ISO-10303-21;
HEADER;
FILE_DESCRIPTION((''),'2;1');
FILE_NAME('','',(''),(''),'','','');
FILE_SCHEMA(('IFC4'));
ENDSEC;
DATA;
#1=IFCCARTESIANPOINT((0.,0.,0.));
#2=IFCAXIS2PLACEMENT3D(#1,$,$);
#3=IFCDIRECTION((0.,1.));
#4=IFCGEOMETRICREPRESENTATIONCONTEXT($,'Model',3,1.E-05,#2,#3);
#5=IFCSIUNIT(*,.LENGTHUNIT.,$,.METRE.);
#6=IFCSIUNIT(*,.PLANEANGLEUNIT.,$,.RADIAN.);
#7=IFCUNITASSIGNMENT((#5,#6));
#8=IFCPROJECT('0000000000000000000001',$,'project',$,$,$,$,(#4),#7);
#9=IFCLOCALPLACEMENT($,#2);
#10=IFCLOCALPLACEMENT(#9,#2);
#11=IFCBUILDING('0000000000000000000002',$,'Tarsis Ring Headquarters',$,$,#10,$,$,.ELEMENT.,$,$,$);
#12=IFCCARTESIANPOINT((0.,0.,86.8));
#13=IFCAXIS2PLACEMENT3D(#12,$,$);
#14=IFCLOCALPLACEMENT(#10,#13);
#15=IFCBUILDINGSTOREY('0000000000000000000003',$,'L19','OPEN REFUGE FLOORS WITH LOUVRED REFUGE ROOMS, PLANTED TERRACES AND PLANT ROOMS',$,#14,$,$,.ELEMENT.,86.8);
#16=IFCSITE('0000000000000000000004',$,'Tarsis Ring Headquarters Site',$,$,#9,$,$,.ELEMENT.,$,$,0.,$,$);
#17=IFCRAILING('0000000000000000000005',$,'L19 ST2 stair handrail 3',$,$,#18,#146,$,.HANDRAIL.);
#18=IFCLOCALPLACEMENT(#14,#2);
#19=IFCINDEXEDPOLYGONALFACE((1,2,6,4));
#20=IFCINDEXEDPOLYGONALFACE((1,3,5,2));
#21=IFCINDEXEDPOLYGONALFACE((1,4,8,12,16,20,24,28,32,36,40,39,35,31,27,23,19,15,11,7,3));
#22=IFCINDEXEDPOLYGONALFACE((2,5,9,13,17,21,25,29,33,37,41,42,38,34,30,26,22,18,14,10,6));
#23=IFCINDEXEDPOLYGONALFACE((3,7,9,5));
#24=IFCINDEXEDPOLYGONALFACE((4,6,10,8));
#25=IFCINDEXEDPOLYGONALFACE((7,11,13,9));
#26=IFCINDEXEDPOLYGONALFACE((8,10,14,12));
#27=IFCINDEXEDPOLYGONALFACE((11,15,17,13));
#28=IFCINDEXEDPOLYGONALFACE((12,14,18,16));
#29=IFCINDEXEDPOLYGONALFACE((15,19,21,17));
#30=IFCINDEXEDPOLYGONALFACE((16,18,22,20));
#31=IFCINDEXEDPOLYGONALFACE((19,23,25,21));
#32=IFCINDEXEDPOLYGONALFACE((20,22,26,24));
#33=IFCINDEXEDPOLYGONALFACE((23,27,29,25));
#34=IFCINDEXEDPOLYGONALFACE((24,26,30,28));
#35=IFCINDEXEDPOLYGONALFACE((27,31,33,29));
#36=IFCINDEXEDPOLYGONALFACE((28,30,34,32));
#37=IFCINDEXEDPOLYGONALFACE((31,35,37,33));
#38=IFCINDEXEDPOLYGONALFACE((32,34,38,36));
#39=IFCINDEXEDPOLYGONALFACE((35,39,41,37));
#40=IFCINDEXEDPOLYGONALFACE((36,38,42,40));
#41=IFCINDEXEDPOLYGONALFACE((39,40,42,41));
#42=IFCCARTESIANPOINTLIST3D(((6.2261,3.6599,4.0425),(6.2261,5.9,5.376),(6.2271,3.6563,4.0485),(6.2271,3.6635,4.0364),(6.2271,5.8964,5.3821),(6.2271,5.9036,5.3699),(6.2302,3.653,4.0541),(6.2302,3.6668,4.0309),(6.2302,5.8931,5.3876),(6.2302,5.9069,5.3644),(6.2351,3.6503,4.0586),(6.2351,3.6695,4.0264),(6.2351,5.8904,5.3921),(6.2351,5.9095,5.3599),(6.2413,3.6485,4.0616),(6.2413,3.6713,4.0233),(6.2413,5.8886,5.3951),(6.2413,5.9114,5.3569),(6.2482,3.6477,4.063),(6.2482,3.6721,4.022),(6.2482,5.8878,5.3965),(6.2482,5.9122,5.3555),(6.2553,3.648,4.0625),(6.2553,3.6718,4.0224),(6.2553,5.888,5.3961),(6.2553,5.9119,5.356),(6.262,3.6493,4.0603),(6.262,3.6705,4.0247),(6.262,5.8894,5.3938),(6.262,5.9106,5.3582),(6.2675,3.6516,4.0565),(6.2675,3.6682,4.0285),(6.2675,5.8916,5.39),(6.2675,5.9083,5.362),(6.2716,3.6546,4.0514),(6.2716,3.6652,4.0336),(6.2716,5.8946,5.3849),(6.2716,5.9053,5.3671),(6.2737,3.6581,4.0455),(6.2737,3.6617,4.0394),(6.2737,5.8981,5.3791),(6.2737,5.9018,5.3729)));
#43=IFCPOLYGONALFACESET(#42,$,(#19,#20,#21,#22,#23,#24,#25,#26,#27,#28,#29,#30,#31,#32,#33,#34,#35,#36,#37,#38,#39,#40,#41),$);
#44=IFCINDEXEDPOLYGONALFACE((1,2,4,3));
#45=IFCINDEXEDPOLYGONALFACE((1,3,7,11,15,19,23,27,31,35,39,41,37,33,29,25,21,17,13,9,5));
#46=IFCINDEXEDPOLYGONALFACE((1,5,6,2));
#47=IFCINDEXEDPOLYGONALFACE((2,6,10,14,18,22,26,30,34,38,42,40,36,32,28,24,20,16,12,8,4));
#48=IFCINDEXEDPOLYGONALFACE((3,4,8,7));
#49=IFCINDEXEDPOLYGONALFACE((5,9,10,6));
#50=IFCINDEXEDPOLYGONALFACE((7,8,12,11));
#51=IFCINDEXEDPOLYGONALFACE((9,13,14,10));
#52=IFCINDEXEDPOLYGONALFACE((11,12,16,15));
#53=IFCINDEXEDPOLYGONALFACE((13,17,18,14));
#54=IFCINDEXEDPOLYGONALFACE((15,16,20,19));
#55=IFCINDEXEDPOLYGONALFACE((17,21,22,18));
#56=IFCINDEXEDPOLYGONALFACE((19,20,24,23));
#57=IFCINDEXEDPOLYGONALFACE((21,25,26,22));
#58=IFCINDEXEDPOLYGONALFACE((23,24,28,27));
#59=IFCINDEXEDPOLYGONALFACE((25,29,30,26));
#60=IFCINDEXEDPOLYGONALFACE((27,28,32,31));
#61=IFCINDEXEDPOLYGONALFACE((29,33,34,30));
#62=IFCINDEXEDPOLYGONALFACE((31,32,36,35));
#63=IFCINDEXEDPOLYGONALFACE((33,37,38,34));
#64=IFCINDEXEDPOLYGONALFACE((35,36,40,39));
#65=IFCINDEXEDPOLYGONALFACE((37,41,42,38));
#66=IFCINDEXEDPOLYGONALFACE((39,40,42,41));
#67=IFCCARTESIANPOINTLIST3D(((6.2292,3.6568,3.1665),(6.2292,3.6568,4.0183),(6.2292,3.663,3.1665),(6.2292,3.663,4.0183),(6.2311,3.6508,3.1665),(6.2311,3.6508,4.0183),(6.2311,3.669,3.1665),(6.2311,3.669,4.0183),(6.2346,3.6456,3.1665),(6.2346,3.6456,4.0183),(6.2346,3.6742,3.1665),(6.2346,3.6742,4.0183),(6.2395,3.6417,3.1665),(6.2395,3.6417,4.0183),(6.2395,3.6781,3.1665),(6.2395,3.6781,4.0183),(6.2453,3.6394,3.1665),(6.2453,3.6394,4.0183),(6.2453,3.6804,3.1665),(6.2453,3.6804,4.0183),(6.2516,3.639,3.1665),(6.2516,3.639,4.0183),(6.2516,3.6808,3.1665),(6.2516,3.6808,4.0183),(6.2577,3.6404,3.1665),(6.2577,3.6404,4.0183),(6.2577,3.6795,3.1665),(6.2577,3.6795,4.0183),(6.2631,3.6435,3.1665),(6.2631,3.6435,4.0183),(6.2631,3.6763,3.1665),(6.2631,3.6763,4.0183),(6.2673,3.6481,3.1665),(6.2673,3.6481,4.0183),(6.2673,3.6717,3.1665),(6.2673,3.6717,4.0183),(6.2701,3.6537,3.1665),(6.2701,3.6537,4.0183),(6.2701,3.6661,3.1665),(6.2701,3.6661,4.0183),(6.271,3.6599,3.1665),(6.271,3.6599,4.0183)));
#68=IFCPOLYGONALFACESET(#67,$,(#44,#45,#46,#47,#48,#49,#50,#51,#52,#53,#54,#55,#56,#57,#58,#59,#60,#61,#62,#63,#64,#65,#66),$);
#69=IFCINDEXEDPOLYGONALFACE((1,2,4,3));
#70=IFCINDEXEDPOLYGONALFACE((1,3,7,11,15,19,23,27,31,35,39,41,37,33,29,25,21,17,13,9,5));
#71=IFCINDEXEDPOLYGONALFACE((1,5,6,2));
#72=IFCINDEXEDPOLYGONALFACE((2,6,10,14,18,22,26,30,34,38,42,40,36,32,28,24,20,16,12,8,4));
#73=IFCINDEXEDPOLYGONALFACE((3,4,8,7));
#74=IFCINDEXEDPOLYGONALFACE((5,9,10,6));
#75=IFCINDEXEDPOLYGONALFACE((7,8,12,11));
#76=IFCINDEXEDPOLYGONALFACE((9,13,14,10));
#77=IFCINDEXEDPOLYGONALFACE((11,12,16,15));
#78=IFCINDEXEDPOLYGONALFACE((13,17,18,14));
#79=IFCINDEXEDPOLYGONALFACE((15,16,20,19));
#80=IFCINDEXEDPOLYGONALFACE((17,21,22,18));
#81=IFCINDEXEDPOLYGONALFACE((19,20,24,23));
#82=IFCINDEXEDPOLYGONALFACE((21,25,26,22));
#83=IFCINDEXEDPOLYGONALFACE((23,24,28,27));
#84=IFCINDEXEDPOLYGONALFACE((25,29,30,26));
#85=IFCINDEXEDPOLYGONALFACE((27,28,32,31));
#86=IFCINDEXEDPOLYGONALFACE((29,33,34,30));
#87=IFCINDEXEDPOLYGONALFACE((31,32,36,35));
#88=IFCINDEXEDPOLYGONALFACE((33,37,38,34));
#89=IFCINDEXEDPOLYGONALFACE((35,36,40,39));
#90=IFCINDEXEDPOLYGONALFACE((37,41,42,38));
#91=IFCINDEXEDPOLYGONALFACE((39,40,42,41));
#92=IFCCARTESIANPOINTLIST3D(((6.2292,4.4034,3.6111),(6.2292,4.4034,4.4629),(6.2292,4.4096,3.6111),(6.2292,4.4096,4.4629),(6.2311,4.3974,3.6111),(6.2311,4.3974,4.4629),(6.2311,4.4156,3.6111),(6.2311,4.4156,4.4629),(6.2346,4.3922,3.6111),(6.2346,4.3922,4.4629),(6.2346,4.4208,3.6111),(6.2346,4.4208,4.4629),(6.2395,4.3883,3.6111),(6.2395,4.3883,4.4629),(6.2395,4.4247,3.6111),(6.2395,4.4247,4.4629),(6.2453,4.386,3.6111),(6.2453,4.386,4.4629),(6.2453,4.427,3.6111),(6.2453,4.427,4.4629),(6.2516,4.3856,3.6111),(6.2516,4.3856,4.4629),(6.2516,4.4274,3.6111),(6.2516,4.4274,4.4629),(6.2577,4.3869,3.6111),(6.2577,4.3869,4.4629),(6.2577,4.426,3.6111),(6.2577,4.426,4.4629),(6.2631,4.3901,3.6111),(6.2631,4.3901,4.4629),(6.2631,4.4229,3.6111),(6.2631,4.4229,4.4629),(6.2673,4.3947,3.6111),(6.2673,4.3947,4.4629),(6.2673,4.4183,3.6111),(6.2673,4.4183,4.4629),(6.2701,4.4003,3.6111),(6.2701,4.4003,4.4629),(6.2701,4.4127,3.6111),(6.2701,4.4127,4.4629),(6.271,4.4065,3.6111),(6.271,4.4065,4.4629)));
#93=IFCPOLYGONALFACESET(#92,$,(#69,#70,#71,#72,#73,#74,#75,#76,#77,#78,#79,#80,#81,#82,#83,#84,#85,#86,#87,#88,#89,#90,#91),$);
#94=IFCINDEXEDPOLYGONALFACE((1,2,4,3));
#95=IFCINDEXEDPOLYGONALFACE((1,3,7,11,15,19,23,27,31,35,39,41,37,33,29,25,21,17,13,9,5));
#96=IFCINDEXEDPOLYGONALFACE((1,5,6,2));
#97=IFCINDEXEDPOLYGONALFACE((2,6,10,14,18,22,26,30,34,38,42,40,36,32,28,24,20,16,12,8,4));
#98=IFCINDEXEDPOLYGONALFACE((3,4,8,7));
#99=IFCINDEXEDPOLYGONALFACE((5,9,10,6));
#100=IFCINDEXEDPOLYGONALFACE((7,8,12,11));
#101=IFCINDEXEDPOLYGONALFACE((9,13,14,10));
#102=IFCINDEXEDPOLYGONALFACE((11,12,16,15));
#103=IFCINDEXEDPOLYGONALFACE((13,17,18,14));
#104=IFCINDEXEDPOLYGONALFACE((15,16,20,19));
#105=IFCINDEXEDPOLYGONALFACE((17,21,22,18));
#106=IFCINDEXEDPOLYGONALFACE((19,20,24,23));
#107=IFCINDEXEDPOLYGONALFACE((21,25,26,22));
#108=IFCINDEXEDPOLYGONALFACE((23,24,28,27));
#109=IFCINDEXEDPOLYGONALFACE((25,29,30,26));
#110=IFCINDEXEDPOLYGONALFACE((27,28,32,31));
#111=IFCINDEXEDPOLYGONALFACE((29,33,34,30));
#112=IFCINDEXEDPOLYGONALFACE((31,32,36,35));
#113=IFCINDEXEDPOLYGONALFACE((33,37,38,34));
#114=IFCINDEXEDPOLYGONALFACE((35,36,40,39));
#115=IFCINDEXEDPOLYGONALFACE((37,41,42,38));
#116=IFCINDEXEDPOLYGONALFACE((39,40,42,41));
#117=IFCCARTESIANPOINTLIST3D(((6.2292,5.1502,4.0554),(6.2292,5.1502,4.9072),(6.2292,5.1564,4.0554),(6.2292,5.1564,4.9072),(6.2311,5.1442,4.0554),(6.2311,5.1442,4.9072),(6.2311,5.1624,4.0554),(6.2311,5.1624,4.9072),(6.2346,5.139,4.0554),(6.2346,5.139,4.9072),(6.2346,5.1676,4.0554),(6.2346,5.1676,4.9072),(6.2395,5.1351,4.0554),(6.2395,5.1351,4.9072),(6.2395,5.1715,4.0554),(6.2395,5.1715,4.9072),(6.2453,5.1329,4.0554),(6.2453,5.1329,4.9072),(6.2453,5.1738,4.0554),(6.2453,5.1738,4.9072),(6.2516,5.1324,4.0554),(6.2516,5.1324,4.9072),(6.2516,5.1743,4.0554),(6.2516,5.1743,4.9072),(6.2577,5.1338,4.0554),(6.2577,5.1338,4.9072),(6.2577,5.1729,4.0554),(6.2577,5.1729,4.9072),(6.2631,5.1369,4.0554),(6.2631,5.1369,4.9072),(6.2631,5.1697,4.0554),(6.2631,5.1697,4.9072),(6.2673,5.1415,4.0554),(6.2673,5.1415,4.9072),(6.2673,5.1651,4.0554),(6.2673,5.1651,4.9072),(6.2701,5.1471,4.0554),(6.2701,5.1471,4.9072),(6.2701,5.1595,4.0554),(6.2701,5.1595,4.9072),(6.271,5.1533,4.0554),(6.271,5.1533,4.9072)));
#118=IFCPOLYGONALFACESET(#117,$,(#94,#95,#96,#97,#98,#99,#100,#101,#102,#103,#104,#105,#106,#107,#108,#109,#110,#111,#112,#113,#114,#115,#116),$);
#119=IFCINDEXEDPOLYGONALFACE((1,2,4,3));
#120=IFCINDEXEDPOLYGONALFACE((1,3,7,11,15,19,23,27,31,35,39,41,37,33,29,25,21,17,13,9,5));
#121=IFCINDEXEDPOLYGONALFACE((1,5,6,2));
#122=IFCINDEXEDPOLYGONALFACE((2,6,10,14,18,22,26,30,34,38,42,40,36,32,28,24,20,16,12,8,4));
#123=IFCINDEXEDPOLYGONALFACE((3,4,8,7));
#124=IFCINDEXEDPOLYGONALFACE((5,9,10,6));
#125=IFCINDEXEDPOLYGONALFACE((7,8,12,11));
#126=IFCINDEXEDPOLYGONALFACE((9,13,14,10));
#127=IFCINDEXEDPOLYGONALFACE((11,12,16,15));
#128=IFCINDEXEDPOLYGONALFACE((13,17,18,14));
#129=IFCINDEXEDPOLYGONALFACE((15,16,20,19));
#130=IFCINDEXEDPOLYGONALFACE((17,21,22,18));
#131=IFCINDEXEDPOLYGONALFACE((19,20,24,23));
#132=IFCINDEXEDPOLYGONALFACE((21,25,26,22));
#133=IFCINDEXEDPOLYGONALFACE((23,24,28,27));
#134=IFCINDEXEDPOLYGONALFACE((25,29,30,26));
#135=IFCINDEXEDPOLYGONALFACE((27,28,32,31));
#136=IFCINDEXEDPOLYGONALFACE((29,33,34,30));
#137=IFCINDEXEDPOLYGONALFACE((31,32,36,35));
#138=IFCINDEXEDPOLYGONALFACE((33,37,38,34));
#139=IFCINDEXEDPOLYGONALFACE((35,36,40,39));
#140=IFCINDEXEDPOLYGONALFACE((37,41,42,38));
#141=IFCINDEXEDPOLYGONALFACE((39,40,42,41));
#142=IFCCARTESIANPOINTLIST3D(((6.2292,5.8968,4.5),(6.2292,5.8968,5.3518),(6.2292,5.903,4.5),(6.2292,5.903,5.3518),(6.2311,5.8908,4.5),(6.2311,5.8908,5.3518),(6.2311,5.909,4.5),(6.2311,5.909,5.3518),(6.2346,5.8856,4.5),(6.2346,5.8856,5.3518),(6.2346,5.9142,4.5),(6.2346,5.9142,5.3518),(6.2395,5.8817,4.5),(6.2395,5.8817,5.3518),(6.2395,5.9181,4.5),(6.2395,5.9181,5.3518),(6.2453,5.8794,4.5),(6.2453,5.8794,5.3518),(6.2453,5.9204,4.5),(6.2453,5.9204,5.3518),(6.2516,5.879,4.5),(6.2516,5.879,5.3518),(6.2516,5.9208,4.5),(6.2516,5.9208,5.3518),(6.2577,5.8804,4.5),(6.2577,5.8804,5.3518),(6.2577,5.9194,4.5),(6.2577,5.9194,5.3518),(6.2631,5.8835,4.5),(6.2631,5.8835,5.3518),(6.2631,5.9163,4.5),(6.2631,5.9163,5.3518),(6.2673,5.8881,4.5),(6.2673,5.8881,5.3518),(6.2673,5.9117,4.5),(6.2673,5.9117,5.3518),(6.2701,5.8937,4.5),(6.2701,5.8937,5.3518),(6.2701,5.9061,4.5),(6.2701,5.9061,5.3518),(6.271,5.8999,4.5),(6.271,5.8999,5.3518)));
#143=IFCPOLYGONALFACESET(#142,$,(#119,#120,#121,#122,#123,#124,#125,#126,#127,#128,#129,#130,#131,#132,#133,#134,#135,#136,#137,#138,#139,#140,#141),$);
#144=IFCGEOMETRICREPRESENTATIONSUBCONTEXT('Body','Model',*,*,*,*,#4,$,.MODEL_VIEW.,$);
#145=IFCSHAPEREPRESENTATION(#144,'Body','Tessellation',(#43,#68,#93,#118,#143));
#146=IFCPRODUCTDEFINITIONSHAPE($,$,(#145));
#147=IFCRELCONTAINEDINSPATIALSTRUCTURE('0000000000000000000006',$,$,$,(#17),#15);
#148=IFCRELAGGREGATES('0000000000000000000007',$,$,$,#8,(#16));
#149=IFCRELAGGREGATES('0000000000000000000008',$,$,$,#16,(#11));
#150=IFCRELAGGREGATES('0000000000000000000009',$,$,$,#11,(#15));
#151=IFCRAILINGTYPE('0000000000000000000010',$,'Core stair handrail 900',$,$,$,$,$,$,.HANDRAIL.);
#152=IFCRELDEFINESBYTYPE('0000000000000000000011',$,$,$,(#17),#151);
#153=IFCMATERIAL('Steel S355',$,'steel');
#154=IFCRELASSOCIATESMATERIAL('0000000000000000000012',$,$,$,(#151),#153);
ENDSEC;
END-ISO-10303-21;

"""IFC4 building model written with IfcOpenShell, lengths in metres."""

from ifc_helpers import new_model, si_unit, direction, frame, origin, origin_2d, place, context, subcontext, project, spatial, circle, extrude, material, type_object, element, save


model = new_model("IFC4")

# Units and contexts
model_context = context("Model", 3, precision=1e-05, world=origin(), true_north=direction((0.0, 1.0)))
body_context = subcontext(model_context, "Body", "Model", "MODEL_VIEW")
ifc_project = project(units=[si_unit("LENGTHUNIT", "METRE"), si_unit("PLANEANGLEUNIT", "RADIAN")], contexts=[model_context])

# Site, building, storey
site_placement = place(None, origin())
site = spatial("IfcSite", under=ifc_project, at=site_placement, Name="Tarsis Ring Headquarters Site", CompositionType="ELEMENT", RefElevation=0.0)
building_placement = place(site_placement, origin())
building = spatial("IfcBuilding", under=site, at=building_placement, Name="Tarsis Ring Headquarters", CompositionType="ELEMENT")
storey_placement = place(building_placement, frame((0.0, 0.0, 86.8)))
storey = spatial("IfcBuildingStorey", under=building, at=storey_placement, Name="L19", Description="OPEN REFUGE FLOORS WITH LOUVRED REFUGE ROOMS, PLANTED TERRACES AND PLANT ROOMS", CompositionType="ELEMENT", Elevation=86.8)

# Railing
ifc_material_1 = material(Name="Steel S355", Category="steel")
railing_type_1 = type_object("IfcRailingType", Name="Core stair handrail 900", PredefinedType="HANDRAIL", material=ifc_material_1)
for number, where, name in (
    (1, (6.25, 3.6599, 3.1665), "L19 ST2 stair handrail 3"),
):
    element("IfcRailing", number, at=place(storey_placement, frame(where)), inside=storey, type_object=railing_type_1, Name=name, PredefinedType="HANDRAIL", context=body_context, shape_type="SweptSolid", body=[
        extrude(circle(Radius=0.0239, at=origin_2d()), frame((0.0, 0.0, 0.876), z_axis=(0.0, 0.859264, 0.511532), x_axis=(-1.0, 0.0, 0.0)), (0.0, 0.0, 1.0), 2.6069),
        extrude(circle(Radius=0.021, at=origin_2d()), origin(), (0.0, 0.0, 1.0), 0.8518),
        extrude(circle(Radius=0.021, at=origin_2d()), frame((0.0, 0.7466, 0.4446)), (0.0, 0.0, 1.0), 0.8518),
        extrude(circle(Radius=0.021, at=origin_2d()), frame((0.0, 1.4934, 0.8889)), (0.0, 0.0, 1.0), 0.8518),
        extrude(circle(Radius=0.021, at=origin_2d()), frame((0.0, 2.24, 1.3335)), (0.0, 0.0, 1.0), 0.8518),
    ])

save(model, "model.ifc")
